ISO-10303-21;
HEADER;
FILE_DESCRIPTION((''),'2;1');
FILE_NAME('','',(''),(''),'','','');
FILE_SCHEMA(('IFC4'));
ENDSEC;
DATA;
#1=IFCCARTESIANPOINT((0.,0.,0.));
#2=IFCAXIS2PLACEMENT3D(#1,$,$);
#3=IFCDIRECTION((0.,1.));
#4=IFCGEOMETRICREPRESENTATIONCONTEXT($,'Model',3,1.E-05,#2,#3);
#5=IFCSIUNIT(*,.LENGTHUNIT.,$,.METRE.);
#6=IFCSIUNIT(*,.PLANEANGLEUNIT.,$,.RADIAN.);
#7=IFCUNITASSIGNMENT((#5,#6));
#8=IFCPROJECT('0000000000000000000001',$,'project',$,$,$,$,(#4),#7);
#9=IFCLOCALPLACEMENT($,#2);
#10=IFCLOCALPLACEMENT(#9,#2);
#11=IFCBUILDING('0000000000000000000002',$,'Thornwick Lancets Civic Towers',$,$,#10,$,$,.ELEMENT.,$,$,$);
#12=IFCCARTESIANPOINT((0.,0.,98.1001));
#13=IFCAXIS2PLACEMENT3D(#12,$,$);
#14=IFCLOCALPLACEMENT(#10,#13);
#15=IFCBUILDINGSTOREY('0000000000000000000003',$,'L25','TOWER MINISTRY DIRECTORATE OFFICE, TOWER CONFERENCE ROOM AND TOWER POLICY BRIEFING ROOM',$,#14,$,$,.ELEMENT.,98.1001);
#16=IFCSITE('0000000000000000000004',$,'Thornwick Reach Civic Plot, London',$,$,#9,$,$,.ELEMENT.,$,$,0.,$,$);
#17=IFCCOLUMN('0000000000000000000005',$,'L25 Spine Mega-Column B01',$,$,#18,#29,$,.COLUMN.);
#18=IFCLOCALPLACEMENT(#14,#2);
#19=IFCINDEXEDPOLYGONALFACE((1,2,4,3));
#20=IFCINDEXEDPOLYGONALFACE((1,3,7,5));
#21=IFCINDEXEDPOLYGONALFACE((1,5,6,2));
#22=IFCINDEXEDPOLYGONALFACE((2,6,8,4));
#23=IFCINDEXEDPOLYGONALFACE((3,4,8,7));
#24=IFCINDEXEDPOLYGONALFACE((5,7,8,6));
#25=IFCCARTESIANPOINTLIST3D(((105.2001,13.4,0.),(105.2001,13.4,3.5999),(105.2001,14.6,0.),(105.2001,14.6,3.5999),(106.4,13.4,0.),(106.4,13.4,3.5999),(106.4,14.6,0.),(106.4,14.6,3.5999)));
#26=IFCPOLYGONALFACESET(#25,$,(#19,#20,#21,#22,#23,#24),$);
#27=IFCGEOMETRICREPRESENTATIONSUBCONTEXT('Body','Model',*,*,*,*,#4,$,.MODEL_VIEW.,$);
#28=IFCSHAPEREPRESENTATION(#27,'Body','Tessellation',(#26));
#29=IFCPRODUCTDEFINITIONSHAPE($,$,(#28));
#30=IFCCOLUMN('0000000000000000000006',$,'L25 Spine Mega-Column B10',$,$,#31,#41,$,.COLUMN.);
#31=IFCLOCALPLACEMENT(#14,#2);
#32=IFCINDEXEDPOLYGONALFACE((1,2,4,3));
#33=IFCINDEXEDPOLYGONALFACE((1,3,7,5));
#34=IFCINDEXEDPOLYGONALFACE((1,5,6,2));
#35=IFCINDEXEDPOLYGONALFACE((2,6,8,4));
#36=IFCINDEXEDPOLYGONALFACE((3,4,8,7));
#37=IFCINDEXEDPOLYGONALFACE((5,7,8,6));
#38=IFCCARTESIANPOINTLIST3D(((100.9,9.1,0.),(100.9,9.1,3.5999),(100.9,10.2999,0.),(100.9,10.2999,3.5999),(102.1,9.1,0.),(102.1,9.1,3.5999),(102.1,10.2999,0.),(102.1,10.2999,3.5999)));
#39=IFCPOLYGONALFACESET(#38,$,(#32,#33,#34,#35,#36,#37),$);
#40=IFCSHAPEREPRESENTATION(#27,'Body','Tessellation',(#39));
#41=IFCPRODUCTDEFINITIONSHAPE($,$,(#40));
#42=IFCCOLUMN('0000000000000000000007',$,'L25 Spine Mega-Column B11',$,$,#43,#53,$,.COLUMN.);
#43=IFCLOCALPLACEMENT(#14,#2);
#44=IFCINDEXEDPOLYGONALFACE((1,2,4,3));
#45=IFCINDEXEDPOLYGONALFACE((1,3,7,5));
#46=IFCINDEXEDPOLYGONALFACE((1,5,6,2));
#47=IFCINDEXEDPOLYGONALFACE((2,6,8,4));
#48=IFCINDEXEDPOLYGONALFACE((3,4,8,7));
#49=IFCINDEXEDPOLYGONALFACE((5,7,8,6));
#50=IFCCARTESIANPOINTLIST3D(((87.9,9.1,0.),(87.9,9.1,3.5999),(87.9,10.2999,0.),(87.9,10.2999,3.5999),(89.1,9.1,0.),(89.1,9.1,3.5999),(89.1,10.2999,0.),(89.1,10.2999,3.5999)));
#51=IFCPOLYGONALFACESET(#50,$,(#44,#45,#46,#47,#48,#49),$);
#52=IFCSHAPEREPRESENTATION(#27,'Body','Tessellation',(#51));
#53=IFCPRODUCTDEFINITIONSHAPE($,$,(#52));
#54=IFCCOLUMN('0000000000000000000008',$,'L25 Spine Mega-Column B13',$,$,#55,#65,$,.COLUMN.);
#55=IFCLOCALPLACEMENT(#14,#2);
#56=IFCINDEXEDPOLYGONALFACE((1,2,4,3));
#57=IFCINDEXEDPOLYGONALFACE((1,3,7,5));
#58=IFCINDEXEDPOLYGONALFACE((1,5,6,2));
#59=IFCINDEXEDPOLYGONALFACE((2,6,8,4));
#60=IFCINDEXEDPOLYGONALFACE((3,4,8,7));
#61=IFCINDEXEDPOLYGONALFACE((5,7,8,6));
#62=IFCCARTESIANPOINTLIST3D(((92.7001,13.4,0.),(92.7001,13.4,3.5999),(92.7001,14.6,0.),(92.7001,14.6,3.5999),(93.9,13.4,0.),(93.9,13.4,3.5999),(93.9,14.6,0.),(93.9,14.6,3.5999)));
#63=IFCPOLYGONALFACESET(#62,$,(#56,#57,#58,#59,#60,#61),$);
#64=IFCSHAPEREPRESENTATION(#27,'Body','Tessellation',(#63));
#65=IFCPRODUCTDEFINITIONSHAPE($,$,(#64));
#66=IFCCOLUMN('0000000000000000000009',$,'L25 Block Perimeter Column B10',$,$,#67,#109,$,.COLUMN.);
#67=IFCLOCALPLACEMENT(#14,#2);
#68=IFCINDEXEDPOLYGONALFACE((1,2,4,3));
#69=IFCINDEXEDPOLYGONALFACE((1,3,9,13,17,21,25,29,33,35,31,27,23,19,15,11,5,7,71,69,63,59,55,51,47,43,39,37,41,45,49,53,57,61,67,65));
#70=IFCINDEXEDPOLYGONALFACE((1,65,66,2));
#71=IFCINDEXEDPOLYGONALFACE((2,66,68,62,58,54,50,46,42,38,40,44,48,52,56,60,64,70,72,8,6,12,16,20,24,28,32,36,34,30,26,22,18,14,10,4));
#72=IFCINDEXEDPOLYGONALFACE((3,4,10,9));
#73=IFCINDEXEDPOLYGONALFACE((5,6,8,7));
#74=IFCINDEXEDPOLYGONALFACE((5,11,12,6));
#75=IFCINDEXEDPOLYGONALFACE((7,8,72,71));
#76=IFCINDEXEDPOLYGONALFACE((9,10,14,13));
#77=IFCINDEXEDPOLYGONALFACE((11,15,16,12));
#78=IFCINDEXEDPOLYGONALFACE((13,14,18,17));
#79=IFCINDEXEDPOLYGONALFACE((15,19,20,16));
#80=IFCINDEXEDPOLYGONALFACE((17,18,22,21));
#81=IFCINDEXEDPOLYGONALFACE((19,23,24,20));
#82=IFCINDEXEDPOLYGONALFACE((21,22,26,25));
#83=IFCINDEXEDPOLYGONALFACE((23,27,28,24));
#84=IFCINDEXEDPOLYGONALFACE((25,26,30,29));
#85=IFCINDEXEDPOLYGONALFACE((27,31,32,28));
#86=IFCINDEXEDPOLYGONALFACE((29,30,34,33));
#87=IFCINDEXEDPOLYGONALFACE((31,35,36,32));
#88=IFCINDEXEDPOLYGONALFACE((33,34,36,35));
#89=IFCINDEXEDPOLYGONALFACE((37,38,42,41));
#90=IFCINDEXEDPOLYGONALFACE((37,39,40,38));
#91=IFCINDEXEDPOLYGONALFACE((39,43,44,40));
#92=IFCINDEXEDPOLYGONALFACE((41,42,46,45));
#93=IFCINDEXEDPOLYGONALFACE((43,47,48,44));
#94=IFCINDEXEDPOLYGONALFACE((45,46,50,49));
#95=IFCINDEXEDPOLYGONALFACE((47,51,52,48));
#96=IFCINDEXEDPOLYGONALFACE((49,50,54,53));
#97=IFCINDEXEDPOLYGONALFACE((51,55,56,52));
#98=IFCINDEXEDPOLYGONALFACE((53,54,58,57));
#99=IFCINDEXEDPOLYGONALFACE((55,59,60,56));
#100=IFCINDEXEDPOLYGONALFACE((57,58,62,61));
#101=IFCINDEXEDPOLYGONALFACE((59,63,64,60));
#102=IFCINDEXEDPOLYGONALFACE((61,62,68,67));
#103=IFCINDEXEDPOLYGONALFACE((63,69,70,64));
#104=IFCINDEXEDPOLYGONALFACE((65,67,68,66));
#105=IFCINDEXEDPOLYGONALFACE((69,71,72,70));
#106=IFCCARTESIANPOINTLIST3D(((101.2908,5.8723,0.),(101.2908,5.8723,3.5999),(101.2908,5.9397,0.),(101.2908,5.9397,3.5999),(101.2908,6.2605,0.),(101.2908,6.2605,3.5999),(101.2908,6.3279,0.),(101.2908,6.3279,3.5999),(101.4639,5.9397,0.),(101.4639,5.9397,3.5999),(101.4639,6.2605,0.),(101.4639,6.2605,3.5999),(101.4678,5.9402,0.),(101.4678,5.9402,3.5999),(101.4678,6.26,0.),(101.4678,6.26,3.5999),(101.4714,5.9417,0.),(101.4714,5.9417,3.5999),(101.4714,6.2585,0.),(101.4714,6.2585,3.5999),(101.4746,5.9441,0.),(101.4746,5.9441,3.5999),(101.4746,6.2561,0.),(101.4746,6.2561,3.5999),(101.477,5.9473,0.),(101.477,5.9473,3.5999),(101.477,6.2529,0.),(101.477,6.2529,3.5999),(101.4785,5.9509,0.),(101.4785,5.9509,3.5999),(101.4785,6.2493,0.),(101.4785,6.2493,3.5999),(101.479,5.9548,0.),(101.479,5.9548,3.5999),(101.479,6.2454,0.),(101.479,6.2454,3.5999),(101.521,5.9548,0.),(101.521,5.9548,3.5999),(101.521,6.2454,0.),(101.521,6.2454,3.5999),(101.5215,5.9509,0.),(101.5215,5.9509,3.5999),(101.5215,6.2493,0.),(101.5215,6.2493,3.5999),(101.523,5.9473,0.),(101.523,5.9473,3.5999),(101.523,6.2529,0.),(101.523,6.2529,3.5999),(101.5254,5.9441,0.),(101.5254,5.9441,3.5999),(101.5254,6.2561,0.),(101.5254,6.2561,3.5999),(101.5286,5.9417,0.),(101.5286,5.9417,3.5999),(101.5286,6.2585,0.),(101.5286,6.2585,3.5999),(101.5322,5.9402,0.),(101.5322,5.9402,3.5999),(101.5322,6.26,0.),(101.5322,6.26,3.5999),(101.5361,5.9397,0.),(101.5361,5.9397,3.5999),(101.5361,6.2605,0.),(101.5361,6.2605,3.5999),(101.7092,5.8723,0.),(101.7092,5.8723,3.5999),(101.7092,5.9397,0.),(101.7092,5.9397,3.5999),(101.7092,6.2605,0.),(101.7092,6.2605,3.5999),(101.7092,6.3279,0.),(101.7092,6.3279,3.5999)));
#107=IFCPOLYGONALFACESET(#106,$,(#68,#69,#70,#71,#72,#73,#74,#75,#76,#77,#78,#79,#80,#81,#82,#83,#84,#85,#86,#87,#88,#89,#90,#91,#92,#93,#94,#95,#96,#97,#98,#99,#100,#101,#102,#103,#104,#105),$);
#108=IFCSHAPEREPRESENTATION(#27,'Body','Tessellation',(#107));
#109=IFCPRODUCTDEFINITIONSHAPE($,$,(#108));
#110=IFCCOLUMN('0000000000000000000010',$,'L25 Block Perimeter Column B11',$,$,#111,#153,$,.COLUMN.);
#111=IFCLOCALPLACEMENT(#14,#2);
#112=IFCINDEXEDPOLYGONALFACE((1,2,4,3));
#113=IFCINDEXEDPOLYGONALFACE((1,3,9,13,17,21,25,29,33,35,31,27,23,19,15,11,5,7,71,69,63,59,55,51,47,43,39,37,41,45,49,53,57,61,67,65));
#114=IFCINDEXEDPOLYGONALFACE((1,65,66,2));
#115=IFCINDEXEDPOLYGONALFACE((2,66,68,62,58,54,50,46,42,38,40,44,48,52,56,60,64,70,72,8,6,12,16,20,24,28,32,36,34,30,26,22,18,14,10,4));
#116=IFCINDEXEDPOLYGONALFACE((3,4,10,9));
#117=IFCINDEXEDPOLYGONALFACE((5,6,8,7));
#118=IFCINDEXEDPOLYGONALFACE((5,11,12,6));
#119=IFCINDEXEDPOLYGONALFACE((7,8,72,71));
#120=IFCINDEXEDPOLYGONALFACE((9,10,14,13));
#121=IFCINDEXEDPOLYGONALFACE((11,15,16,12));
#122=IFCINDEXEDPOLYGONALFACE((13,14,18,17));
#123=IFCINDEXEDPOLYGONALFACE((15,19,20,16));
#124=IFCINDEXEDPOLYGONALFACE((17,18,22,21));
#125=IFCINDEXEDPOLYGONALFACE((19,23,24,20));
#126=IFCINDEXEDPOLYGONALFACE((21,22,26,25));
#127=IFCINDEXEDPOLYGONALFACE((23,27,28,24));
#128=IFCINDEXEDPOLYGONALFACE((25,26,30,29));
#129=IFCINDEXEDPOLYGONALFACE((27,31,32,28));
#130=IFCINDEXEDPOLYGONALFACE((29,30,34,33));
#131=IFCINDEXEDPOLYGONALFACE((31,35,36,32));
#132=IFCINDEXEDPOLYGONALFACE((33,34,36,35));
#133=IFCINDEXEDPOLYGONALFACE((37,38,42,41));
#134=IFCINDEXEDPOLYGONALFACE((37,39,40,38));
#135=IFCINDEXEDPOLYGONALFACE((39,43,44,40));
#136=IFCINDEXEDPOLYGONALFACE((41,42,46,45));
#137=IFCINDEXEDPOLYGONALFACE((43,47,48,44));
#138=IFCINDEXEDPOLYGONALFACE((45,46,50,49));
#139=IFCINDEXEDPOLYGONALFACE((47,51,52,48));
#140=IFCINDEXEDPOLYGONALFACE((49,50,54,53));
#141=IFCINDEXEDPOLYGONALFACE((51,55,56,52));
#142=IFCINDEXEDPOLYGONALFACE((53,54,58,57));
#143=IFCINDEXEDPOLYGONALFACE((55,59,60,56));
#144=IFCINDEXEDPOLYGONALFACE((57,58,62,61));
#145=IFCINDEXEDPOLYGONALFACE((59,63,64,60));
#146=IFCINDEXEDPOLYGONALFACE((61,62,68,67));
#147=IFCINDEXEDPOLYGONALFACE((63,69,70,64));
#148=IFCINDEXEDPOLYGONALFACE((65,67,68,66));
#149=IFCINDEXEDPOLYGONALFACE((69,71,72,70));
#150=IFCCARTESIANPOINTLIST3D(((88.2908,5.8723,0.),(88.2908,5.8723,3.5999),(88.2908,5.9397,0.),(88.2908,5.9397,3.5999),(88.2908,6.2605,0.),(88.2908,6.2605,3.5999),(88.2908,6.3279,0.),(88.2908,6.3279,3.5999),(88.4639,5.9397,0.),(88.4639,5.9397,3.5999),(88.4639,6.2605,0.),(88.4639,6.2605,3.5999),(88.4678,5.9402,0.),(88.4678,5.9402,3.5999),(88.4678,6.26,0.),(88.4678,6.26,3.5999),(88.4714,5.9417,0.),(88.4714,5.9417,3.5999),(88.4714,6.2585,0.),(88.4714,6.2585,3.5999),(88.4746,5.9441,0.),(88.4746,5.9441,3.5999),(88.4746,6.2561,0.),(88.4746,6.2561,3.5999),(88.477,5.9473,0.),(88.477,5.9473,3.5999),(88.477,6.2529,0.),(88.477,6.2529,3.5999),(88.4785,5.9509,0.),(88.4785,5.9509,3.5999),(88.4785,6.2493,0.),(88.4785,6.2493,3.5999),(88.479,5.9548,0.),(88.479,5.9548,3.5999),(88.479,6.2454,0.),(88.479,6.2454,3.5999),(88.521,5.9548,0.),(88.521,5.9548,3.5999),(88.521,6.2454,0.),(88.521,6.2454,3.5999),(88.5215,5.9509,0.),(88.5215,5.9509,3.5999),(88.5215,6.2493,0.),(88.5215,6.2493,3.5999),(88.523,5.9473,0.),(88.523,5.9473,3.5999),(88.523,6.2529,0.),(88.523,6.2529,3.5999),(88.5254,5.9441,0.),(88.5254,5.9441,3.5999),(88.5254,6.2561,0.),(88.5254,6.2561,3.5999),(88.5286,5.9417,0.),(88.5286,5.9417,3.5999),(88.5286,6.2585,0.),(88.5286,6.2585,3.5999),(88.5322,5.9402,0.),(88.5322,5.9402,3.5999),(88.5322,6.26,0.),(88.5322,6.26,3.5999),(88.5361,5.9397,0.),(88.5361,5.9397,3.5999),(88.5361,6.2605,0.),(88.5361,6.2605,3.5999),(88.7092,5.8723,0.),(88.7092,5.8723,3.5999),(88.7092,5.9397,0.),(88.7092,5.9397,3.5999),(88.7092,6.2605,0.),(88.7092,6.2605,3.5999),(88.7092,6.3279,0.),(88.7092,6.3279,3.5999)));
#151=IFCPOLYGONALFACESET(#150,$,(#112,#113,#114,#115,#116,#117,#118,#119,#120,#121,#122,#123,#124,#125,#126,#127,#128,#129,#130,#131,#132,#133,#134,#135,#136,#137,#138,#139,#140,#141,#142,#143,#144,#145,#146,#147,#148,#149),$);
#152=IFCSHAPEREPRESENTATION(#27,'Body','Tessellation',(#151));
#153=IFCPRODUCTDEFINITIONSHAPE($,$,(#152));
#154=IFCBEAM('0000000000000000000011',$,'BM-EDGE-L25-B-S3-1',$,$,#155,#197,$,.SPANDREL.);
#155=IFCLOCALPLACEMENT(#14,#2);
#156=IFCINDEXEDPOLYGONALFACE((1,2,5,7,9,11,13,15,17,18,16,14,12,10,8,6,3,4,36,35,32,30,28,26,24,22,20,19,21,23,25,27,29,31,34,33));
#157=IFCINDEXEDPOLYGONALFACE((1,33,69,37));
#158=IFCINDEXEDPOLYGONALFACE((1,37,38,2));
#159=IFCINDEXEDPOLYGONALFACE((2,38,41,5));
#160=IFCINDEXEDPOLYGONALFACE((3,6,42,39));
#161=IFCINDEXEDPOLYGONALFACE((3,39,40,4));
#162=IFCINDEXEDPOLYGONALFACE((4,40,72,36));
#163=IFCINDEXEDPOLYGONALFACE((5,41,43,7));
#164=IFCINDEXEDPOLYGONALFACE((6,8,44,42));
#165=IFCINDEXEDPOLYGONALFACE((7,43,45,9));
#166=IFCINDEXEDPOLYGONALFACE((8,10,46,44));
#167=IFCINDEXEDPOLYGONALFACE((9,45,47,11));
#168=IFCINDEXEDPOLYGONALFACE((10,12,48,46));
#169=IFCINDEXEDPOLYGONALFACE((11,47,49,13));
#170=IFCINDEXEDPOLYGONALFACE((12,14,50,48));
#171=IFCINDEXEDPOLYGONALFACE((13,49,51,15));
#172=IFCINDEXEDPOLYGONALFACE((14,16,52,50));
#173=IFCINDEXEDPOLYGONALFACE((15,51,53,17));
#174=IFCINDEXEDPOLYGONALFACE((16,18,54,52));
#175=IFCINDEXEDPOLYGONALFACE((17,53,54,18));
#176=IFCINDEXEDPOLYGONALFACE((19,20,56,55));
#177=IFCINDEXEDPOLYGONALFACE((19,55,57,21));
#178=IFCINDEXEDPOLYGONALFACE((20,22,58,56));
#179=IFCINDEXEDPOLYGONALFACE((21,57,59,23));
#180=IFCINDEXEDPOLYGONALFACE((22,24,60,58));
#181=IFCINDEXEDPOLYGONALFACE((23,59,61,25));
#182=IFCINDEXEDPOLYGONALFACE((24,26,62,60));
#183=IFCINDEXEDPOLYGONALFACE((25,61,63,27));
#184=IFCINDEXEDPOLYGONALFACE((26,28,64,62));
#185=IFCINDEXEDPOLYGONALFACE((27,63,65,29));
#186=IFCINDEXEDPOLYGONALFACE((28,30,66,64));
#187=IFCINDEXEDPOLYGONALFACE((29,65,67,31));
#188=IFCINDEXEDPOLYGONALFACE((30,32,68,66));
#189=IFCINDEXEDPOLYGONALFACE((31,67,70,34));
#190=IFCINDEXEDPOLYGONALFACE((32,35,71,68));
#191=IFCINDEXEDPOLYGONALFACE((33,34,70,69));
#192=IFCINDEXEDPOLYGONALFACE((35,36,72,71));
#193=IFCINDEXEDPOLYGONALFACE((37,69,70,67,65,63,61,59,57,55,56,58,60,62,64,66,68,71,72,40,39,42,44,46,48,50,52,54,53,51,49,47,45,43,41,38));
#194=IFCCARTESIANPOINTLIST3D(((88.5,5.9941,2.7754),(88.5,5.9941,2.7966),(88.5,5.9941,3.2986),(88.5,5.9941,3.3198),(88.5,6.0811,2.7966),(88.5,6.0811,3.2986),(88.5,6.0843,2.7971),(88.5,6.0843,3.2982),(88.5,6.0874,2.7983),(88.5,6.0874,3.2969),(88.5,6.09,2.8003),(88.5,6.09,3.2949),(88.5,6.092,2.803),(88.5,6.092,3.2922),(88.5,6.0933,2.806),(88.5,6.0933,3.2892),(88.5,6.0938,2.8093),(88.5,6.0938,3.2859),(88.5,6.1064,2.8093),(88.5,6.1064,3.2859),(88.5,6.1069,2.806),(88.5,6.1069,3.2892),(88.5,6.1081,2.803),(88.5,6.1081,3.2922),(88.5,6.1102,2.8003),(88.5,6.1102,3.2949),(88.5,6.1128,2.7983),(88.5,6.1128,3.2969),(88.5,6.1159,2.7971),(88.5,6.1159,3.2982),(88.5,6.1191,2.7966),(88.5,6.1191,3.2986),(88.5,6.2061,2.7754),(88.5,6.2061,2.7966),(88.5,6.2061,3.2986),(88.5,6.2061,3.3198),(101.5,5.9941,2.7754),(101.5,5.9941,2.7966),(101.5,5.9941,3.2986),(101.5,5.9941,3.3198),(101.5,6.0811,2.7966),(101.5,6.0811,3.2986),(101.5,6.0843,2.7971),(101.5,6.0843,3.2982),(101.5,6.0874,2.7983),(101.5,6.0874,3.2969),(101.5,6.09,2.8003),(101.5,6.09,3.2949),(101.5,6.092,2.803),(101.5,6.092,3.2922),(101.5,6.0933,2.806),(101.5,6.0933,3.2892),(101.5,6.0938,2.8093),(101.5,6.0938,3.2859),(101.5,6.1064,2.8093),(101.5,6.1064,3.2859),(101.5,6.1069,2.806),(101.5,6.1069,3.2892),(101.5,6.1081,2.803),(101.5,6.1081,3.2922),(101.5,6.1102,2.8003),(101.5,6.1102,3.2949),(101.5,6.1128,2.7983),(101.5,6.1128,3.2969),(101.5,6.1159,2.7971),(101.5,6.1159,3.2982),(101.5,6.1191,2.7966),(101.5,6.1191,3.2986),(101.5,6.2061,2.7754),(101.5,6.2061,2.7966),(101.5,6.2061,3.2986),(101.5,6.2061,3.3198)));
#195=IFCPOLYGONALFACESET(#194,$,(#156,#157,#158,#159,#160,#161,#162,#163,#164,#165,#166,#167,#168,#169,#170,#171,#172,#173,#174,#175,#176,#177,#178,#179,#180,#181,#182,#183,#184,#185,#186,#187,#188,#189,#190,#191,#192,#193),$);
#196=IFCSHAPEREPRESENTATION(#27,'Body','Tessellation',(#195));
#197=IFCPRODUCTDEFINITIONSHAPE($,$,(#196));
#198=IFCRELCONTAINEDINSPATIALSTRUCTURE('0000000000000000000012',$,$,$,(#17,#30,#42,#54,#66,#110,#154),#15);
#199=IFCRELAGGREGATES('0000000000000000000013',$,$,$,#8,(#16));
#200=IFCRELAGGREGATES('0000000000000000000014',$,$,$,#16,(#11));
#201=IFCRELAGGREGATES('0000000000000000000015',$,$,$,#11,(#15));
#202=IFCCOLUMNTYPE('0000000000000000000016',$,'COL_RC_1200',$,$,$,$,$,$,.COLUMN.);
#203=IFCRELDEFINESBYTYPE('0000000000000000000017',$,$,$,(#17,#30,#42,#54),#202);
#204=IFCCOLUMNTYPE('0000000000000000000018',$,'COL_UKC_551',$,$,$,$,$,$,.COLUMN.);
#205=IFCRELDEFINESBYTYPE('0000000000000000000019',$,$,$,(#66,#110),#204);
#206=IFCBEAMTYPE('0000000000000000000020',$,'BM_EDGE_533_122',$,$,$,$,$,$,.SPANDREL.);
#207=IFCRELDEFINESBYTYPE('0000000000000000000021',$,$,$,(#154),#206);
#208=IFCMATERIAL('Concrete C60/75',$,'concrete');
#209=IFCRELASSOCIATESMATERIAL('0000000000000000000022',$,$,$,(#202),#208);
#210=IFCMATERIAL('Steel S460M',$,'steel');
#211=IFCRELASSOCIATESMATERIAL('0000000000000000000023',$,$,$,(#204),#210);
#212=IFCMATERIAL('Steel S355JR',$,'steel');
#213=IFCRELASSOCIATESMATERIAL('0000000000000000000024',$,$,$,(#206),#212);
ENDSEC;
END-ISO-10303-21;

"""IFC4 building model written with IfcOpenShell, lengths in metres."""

from ifc_helpers import new_model, si_unit, direction, frame, origin, origin_2d, place, context, subcontext, project, spatial, rectangle, i_section, extrude, material, material_profile, profile_set, type_object, element, save


model = new_model("IFC4")

# Units and contexts
model_context = context("Model", 3, precision=1e-05, world=origin(), true_north=direction((0.0, 1.0)))
body_context = subcontext(model_context, "Body", "Model", "MODEL_VIEW")
ifc_project = project(units=[si_unit("LENGTHUNIT", "METRE"), si_unit("PLANEANGLEUNIT", "RADIAN")], contexts=[model_context])

# Site, building, storey
site_placement = place(None, origin())
site = spatial("IfcSite", under=ifc_project, at=site_placement, Name="Thornwick Reach Civic Plot, London", CompositionType="ELEMENT", RefElevation=0.0)
building_placement = place(site_placement, origin())
building = spatial("IfcBuilding", under=site, at=building_placement, Name="Thornwick Lancets Civic Towers", CompositionType="ELEMENT")
storey_placement = place(building_placement, frame((0.0, 0.0, 98.1001)))
storey = spatial("IfcBuildingStorey", under=building, at=storey_placement, Name="L25", Description="TOWER MINISTRY DIRECTORATE OFFICE, TOWER CONFERENCE ROOM AND TOWER POLICY BRIEFING ROOM", CompositionType="ELEMENT", Elevation=98.1001)

# Columns
ifc_material_1 = material(Name="Concrete C60/75", Category="concrete")
ifc_material_profile_1 = material_profile(ifc_material_1, rectangle(XDim=1.2, YDim=1.2, at=origin_2d()), Name="RC 1200x1200")
ifc_profile_set_1 = profile_set([ifc_material_profile_1], Name="Concrete C60/75")
column_type_1 = type_object("IfcColumnType", Name="COL_RC_1200", PredefinedType="COLUMN", material=ifc_profile_set_1)
for number, where, z_axis, x_axis, name in (
    (1, (105.8, 14.0, 0.0), (0.0, 0.0, 1.0), (1.0, 0.0, 0.0), "L25 Spine Mega-Column B01"),
    (2, (101.5, 9.7, 0.0), (0.0, 0.0, 1.0), (1.0, 0.0, 0.0), "L25 Spine Mega-Column B10"),
    (3, (88.5, 9.7, 0.0), (0.0, 0.0, 1.0), (1.0, 0.0, 0.0), "L25 Spine Mega-Column B11"),
    (4, (93.3, 14.0, 0.0), (0.0, 0.0, 1.0), (1.0, 0.0, 0.0), "L25 Spine Mega-Column B13"),
):
    element("IfcColumn", number, at=place(storey_placement, frame(where, z_axis=z_axis, x_axis=x_axis)), inside=storey, type_object=column_type_1, Name=name, PredefinedType="COLUMN", context=body_context, shape_type="SweptSolid", body=[
        extrude(rectangle(XDim=1.2, YDim=1.2, at=origin_2d()), origin(), (0.0, 0.0, 1.0), 3.5999),
    ])
ifc_material_2 = material(Name="Steel S460M", Category="steel")
ifc_material_profile_2 = material_profile(ifc_material_2, i_section(OverallWidth=0.4185, OverallDepth=0.4556, WebThickness=0.042, FlangeThickness=0.0674, FilletRadius=0.0151, at=origin_2d()), Name="UKC 356x406x551")
ifc_profile_set_2 = profile_set([ifc_material_profile_2], Name="Steel S460M")
column_type_2 = type_object("IfcColumnType", Name="COL_UKC_551", PredefinedType="COLUMN", material=ifc_profile_set_2)
for number, where, z_axis, x_axis, name in (
    (5, (101.5, 6.1001, 0.0), (0.0, 0.0, 1.0), (1.0, 0.0, 0.0), "L25 Block Perimeter Column B10"),
    (6, (88.5, 6.1001, 0.0), (0.0, 0.0, 1.0), (1.0, 0.0, 0.0), "L25 Block Perimeter Column B11"),
):
    element("IfcColumn", number, at=place(storey_placement, frame(where, z_axis=z_axis, x_axis=x_axis)), inside=storey, type_object=column_type_2, Name=name, PredefinedType="COLUMN", context=body_context, shape_type="SweptSolid", body=[
        extrude(i_section(OverallWidth=0.4185, OverallDepth=0.4556, WebThickness=0.042, FlangeThickness=0.0674, FilletRadius=0.0151, at=origin_2d()), origin(), (0.0, 0.0, 1.0), 3.5999),
    ])

# Beam
ifc_material_3 = material(Name="Steel S355JR", Category="steel")
ifc_material_profile_3 = material_profile(ifc_material_3, i_section(OverallWidth=0.2119, OverallDepth=0.5444, WebThickness=0.0127, FlangeThickness=0.0212, FilletRadius=0.0127, at=origin_2d()), Name="UKB 533x210x122")
ifc_profile_set_3 = profile_set([ifc_material_profile_3], Name="Steel S355JR")
beam_type_1 = type_object("IfcBeamType", Name="BM_EDGE_533_122", PredefinedType="SPANDREL", material=ifc_profile_set_3)
beam_1_placement = place(storey_placement, frame((101.5, 6.1001, 3.0476), z_axis=(-1.0, 0.0, 0.0), x_axis=(0.0, -1.0, 0.0)))
element("IfcBeam", 7, at=beam_1_placement, inside=storey, type_object=beam_type_1, Name="BM-EDGE-L25-B-S3-1", PredefinedType="SPANDREL", context=body_context, shape_type="SweptSolid", body=[
    extrude(i_section(OverallWidth=0.2119, OverallDepth=0.5444, WebThickness=0.0127, FlangeThickness=0.0212, FilletRadius=0.0127, at=origin_2d()), origin(), (0.0, 0.0, 1.0), 13.0),
])

save(model, "model.ifc")
